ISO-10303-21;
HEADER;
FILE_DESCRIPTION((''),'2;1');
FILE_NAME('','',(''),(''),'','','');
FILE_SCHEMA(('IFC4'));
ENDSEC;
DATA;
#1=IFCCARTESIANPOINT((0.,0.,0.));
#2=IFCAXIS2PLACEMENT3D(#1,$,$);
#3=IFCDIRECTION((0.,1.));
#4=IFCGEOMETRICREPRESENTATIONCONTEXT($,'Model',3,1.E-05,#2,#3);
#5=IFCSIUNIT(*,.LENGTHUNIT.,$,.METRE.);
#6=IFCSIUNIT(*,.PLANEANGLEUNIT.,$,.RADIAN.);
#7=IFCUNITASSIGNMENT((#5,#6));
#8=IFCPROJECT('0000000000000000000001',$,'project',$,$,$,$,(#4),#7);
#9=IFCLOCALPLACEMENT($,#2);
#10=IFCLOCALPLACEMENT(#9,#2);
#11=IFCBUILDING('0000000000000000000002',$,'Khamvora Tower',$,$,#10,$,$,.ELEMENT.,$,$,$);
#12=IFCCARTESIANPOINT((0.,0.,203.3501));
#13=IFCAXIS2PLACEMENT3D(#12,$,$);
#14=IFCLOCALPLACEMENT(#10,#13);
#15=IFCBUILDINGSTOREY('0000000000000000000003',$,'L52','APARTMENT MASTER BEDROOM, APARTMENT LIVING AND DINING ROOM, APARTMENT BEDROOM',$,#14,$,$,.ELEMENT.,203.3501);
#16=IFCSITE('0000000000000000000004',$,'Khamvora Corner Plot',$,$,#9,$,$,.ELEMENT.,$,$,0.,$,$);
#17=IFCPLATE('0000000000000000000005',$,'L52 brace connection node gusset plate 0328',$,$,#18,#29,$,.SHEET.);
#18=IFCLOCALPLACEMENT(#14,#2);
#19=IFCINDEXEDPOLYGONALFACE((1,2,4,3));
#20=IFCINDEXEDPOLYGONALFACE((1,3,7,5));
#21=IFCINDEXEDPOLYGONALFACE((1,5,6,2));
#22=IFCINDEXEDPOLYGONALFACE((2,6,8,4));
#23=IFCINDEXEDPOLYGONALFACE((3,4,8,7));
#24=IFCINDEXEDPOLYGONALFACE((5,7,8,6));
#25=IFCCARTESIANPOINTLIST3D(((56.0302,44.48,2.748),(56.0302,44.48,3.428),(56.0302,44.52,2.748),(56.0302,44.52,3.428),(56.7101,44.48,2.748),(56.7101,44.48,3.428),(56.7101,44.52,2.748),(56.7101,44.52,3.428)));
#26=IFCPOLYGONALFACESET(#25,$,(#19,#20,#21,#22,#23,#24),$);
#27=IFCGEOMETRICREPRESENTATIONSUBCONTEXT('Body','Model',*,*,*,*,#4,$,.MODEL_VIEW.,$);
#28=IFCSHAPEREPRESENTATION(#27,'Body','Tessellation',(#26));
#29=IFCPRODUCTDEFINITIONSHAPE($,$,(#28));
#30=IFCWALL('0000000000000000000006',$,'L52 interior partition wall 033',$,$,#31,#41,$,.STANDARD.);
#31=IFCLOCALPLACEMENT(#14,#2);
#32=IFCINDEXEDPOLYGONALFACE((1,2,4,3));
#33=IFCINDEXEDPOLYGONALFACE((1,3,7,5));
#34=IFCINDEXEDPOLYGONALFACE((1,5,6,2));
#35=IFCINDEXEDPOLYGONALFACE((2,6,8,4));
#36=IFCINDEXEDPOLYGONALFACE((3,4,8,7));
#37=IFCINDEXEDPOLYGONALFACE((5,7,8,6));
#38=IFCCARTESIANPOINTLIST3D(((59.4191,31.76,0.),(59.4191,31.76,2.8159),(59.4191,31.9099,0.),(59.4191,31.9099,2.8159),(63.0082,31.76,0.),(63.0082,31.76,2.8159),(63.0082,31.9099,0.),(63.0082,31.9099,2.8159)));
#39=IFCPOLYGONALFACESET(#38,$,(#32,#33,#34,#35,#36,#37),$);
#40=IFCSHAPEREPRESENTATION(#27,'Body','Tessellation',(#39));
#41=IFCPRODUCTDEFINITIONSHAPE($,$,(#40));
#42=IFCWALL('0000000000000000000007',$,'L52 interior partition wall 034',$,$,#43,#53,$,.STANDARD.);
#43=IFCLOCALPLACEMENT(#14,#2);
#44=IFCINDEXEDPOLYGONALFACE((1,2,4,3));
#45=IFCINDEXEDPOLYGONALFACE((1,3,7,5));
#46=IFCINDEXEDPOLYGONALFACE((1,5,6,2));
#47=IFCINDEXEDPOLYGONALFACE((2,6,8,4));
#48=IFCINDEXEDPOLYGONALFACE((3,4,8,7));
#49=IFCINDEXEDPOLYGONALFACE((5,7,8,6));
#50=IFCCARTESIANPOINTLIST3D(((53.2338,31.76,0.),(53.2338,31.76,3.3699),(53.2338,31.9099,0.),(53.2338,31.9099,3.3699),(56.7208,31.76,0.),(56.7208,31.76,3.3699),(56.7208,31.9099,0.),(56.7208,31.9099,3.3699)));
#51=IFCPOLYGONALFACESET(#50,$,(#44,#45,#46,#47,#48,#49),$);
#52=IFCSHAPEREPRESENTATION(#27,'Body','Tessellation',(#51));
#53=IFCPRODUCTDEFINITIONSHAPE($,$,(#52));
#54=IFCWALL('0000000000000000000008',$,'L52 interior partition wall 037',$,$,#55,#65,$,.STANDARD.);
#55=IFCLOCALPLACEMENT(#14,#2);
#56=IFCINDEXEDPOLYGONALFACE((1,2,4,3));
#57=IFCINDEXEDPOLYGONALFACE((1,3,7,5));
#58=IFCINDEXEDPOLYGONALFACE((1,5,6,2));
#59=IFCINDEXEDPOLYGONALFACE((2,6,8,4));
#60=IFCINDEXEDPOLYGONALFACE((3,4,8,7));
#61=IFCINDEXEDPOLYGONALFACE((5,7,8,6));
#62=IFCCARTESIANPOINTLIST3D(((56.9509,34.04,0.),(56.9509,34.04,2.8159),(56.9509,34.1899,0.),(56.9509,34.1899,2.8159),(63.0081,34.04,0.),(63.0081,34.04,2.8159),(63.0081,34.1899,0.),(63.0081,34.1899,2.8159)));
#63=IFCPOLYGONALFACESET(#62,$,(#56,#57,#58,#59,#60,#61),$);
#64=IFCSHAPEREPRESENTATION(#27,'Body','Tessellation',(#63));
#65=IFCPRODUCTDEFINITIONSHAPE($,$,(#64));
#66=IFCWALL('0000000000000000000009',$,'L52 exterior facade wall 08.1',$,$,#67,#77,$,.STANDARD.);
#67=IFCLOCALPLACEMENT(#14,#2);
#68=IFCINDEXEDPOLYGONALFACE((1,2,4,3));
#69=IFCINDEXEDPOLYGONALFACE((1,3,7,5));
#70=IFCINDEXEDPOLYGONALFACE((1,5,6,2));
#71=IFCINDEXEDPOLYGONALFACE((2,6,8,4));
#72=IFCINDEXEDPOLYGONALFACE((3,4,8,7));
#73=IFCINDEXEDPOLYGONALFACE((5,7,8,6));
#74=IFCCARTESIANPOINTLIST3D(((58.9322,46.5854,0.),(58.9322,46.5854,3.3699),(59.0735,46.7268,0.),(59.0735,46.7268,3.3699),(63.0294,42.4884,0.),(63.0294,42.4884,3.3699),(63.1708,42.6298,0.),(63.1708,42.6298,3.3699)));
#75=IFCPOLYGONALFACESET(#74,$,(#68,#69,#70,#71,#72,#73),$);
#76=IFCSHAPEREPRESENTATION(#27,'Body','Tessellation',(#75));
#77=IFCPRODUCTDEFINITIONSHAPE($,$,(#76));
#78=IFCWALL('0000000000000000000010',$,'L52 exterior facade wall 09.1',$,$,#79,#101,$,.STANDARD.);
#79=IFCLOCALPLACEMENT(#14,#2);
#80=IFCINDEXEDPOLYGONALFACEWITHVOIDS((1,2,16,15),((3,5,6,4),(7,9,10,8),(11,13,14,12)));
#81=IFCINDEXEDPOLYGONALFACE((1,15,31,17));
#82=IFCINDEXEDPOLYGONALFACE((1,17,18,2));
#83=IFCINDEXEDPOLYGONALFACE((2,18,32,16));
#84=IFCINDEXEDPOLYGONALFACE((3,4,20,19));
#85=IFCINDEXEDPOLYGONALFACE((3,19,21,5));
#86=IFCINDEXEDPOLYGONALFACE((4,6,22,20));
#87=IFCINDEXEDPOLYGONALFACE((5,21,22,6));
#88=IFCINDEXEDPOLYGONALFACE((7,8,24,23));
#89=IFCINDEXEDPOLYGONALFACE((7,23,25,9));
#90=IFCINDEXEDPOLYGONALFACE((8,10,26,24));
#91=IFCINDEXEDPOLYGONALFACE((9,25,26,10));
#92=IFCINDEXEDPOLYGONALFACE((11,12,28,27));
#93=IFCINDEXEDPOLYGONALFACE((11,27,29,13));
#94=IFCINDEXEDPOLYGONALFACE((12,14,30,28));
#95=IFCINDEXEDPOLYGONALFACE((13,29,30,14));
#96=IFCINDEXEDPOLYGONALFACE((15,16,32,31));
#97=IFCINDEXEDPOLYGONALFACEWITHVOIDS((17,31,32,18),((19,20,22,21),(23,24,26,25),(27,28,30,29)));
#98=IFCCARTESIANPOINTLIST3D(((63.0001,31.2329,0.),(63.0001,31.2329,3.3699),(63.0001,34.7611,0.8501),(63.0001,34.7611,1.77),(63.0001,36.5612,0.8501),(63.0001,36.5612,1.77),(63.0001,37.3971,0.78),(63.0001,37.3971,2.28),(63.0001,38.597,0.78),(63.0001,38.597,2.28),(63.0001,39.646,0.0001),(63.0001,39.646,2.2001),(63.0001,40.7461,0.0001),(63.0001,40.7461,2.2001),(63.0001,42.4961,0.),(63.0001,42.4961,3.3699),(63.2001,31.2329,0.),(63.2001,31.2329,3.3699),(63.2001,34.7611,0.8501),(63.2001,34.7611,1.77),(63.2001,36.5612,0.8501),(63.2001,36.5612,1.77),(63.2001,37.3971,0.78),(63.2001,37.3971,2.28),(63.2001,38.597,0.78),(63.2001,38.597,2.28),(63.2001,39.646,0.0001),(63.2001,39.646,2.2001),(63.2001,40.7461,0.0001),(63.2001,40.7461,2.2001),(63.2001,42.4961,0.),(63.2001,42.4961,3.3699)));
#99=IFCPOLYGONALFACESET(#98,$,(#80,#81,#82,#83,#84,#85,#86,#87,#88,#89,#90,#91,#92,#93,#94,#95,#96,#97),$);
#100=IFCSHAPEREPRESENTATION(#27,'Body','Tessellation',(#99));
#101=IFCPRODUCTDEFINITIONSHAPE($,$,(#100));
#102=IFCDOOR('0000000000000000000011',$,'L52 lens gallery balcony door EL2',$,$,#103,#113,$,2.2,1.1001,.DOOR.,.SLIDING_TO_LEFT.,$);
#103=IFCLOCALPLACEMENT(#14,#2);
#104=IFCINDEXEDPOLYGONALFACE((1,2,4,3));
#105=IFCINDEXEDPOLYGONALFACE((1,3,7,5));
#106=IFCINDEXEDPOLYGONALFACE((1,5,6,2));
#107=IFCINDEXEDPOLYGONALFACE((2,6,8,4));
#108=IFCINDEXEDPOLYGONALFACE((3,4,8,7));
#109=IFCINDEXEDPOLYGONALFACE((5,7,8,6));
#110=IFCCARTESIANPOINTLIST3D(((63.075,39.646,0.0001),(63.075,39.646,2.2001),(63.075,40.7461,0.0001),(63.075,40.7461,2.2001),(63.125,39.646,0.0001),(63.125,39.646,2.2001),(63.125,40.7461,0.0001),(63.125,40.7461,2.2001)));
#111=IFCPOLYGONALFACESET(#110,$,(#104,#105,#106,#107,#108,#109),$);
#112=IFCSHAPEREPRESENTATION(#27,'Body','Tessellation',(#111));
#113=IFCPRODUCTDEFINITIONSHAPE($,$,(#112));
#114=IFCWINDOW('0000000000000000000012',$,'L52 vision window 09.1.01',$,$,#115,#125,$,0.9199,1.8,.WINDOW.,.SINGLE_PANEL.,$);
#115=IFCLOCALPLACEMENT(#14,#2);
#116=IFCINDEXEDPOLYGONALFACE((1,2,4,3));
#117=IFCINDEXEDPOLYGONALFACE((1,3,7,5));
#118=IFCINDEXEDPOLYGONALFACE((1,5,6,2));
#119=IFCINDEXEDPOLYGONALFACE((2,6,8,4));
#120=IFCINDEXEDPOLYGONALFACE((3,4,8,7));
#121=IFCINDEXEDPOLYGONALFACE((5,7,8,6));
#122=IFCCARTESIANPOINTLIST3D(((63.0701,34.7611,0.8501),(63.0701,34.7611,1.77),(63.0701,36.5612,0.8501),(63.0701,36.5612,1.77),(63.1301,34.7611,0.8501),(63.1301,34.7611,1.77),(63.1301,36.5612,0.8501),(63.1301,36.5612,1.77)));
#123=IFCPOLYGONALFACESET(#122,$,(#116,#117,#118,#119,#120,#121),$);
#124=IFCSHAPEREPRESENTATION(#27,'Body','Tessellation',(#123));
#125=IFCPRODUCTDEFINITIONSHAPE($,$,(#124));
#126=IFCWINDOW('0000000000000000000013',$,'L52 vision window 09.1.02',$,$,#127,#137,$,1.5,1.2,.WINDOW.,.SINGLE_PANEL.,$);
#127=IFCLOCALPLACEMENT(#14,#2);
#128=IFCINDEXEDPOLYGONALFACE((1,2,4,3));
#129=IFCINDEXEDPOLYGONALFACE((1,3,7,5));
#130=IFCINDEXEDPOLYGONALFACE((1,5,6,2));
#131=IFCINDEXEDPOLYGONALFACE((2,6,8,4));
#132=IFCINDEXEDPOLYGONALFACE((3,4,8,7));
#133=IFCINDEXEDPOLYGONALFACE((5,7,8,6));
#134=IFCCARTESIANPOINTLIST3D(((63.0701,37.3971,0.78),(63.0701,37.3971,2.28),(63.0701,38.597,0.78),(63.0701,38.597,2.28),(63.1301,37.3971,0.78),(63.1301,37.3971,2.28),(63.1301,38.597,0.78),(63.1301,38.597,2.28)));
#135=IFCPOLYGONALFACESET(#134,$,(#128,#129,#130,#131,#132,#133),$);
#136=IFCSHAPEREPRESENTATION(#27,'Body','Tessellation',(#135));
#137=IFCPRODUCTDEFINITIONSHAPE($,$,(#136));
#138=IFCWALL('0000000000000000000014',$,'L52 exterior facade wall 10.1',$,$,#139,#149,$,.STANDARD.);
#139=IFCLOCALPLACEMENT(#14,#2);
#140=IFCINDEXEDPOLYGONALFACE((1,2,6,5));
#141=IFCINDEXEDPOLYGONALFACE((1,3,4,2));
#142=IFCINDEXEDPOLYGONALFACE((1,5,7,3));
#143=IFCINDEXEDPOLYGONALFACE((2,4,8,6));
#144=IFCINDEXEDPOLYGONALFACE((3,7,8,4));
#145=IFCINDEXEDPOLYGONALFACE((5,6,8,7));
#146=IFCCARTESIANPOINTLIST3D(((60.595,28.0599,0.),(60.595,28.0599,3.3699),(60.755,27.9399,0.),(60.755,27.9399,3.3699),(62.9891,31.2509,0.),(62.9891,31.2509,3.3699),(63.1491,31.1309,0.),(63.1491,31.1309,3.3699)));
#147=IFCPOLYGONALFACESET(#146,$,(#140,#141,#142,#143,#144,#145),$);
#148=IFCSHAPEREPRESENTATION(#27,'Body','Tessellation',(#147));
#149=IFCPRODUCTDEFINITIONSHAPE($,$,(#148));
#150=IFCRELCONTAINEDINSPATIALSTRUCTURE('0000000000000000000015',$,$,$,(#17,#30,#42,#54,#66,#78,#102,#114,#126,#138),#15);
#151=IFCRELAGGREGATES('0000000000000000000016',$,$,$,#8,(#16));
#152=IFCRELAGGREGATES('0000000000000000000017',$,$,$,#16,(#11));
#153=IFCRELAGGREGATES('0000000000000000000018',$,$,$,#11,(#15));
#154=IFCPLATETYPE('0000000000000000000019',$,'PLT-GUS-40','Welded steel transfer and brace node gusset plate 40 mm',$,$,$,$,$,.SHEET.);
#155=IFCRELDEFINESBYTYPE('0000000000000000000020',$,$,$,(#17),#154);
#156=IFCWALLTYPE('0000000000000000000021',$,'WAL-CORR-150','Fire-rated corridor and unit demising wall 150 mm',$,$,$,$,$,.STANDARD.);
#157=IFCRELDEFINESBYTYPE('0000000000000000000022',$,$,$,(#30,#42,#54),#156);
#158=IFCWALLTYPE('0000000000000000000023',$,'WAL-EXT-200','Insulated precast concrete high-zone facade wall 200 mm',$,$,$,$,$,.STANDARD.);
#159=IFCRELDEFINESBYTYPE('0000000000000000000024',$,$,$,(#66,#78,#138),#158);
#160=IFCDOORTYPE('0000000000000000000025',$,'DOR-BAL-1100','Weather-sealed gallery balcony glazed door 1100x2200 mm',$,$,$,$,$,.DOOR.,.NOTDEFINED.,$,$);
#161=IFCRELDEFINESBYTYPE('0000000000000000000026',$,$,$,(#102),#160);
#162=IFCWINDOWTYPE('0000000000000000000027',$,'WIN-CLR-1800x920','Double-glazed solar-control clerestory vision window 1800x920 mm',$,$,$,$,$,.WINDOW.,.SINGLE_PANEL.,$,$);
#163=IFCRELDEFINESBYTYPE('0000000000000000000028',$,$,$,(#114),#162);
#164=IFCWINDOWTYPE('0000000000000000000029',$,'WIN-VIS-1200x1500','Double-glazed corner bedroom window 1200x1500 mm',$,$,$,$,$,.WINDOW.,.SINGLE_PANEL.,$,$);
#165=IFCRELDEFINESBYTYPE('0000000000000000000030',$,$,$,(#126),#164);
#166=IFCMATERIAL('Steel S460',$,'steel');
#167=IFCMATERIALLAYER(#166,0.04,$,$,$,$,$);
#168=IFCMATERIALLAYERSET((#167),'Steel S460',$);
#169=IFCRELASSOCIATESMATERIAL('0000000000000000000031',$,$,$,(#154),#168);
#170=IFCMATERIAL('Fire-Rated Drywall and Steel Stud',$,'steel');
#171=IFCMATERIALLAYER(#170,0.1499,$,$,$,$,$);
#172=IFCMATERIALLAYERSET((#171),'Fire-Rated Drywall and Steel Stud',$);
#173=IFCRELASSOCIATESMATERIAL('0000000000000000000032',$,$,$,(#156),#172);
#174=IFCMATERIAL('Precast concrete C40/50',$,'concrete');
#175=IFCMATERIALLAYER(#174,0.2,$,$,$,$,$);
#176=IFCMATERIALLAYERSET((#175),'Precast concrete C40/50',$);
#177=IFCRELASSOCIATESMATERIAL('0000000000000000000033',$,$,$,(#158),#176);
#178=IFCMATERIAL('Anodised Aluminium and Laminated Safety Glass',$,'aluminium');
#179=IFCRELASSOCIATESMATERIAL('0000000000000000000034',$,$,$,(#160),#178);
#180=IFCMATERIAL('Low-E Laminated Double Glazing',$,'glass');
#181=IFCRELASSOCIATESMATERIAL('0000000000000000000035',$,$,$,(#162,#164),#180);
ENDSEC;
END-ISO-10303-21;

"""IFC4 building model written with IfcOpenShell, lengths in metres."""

from ifc_helpers import new_model, si_unit, direction, frame, frame_2d, origin, origin_2d, place, context, subcontext, project, spatial, rectangle, extrude, material, layer, layer_set, type_object, element, fill, save


model = new_model("IFC4")

# Units and contexts
model_context = context("Model", 3, precision=1e-05, world=origin(), true_north=direction((0.0, 1.0)))
body_context = subcontext(model_context, "Body", "Model", "MODEL_VIEW")
ifc_project = project(units=[si_unit("LENGTHUNIT", "METRE"), si_unit("PLANEANGLEUNIT", "RADIAN")], contexts=[model_context])

# Site, building, storey
site_placement = place(None, origin())
site = spatial("IfcSite", under=ifc_project, at=site_placement, Name="Khamvora Corner Plot", CompositionType="ELEMENT", RefElevation=0.0)
building_placement = place(site_placement, origin())
building = spatial("IfcBuilding", under=site, at=building_placement, Name="Khamvora Tower", CompositionType="ELEMENT")
storey_placement = place(building_placement, frame((0.0, 0.0, 203.3501)))
storey = spatial("IfcBuildingStorey", under=building, at=storey_placement, Name="L52", Description="APARTMENT MASTER BEDROOM, APARTMENT LIVING AND DINING ROOM, APARTMENT BEDROOM", CompositionType="ELEMENT", Elevation=203.3501)

# Plate
ifc_material_1 = material(Name="Steel S460", Category="steel")
ifc_layer_1 = layer(ifc_material_1, 0.04)
ifc_layer_set_1 = layer_set([ifc_layer_1], Name="Steel S460")
plate_type_1 = type_object("IfcPlateType", Name="PLT-GUS-40", Description="Welded steel transfer and brace node gusset plate 40 mm", PredefinedType="SHEET", material=ifc_layer_set_1)
plate_1_placement = place(storey_placement, frame((56.3701, 44.5, 2.748), z_axis=(0.0, 0.0, 1.0), x_axis=(1.0, 0.0, 0.0)))
element("IfcPlate", 1, at=plate_1_placement, inside=storey, type_object=plate_type_1, Name="L52 brace connection node gusset plate 0328", PredefinedType="SHEET", context=body_context, shape_type="SweptSolid", body=[
    extrude(rectangle(XDim=0.6799, YDim=0.04, at=origin_2d()), origin(), (0.0, 0.0, 1.0), 0.6799),
])

# Shared definitions
ifc_material_2 = material(Name="Fire-Rated Drywall and Steel Stud", Category="steel")
ifc_layer_2 = layer(ifc_material_2, 0.1499)
ifc_layer_set_2 = layer_set([ifc_layer_2], Name="Fire-Rated Drywall and Steel Stud")
wall_type_1 = type_object("IfcWallType", Name="WAL-CORR-150", Description="Fire-rated corridor and unit demising wall 150 mm", PredefinedType="STANDARD", material=ifc_layer_set_2)

# Walls
wall_1_placement = place(storey_placement, frame((63.0081, 31.835, 0.0), z_axis=(0.0, 0.0, 1.0), x_axis=(-1.0, 0.0, 0.0)))
element("IfcWall", 2, at=wall_1_placement, inside=storey, type_object=wall_type_1, Name="L52 interior partition wall 033", PredefinedType="STANDARD", context=body_context, shape_type="SweptSolid", body=[
    extrude(rectangle(XDim=3.5891, YDim=0.1499, at=frame_2d((1.7944, 0.0))), origin(), (0.0, 0.0, 1.0), 2.8159),
])
wall_2_placement = place(storey_placement, frame((56.7209, 31.835, 0.0), z_axis=(0.0, 0.0, 1.0), x_axis=(-1.0, 0.0, 0.0)))
element("IfcWall", 3, at=wall_2_placement, inside=storey, type_object=wall_type_1, Name="L52 interior partition wall 034", PredefinedType="STANDARD", context=body_context, shape_type="SweptSolid", body=[
    extrude(rectangle(XDim=3.4871, YDim=0.1499, at=frame_2d((1.7437, 0.0))), origin(), (0.0, 0.0, 1.0), 3.3699),
])
wall_3_placement = place(storey_placement, frame((56.9509, 34.115, 0.0), z_axis=(0.0, 0.0, 1.0), x_axis=(1.0, 0.0, 0.0)))
element("IfcWall", 4, at=wall_3_placement, inside=storey, type_object=wall_type_1, Name="L52 interior partition wall 037", PredefinedType="STANDARD", context=body_context, shape_type="SweptSolid", body=[
    extrude(rectangle(XDim=6.0571, YDim=0.1499, at=frame_2d((3.0286, 0.0))), origin(), (0.0, 0.0, 1.0), 2.8159),
])
ifc_material_3 = material(Name="Precast concrete C40/50", Category="concrete")
ifc_layer_3 = layer(ifc_material_3, 0.2)
ifc_layer_set_3 = layer_set([ifc_layer_3], Name="Precast concrete C40/50")
wall_type_2 = type_object("IfcWallType", Name="WAL-EXT-200", Description="Insulated precast concrete high-zone facade wall 200 mm", PredefinedType="STANDARD", material=ifc_layer_set_3)
wall_4_placement = place(storey_placement, frame((59.0029, 46.656, 0.0), z_axis=(0.0, 0.0, 1.0), x_axis=(0.707128, -0.707086, 0.0)))
element("IfcWall", 5, at=wall_4_placement, inside=storey, type_object=wall_type_2, Name="L52 exterior facade wall 08.1", PredefinedType="STANDARD", context=body_context, shape_type="SweptSolid", body=[
    extrude(rectangle(XDim=5.7942, YDim=0.2, at=frame_2d((2.897, 0.0))), origin(), (0.0, 0.0, 1.0), 3.3699),
])

# Wall, openings, door, windows
wall_5_placement = place(storey_placement, frame((63.1001, 42.4961, 0.0), z_axis=(0.0, 0.0, 1.0), x_axis=(0.0, -1.0, 0.0)))
wall_5 = element("IfcWall", 6, at=wall_5_placement, inside=storey, type_object=wall_type_2, Name="L52 exterior facade wall 09.1", PredefinedType="STANDARD", context=body_context, shape_type="SweptSolid", body=[
    extrude(rectangle(XDim=11.2632, YDim=0.2, at=frame_2d((5.6316, 0.0))), origin(), (0.0, 0.0, 1.0), 3.3699),
])
opening_1_placement = place(wall_5_placement, frame((1.75, 0.0, 0.0)))
opening_1 = element("IfcOpeningElement", 7, at=opening_1_placement, cuts=wall_5, PredefinedType="OPENING", context=body_context, shape_type="SweptSolid", body=[
    extrude(rectangle(XDim=1.1001, YDim=2.2, at=frame_2d((0.55, 1.1001))), frame((0.0, 0.1099, 0.0), z_axis=(0.0, -1.0, 0.0), x_axis=(1.0, 0.0, 0.0)), (0.0, 0.0, 1.0), 0.22),
])
opening_2_placement = place(wall_5_placement, frame((5.9351, 0.0, 0.8501)))
opening_2 = element("IfcOpeningElement", 8, at=opening_2_placement, cuts=wall_5, PredefinedType="OPENING", context=body_context, shape_type="SweptSolid", body=[
    extrude(rectangle(XDim=1.8, YDim=0.9199, at=frame_2d((0.8999, 0.46))), frame((0.0, 0.1099, 0.0), z_axis=(0.0, -1.0, 0.0), x_axis=(1.0, 0.0, 0.0)), (0.0, 0.0, 1.0), 0.22),
])
opening_3_placement = place(wall_5_placement, frame((3.8989, 0.0, 0.78)))
opening_3 = element("IfcOpeningElement", 9, at=opening_3_placement, cuts=wall_5, PredefinedType="OPENING", context=body_context, shape_type="SweptSolid", body=[
    extrude(rectangle(XDim=1.2, YDim=1.5, at=frame_2d((0.6001, 0.75))), frame((0.0, 0.1099, 0.0), z_axis=(0.0, -1.0, 0.0), x_axis=(1.0, 0.0, 0.0)), (0.0, 0.0, 1.0), 0.22),
])
ifc_material_4 = material(Name="Anodised Aluminium and Laminated Safety Glass", Category="aluminium")
door_type_1 = type_object("IfcDoorType", Name="DOR-BAL-1100", Description="Weather-sealed gallery balcony glazed door 1100x2200 mm", OperationType="NOTDEFINED", PredefinedType="DOOR", material=ifc_material_4)
door_1_placement = place(opening_1_placement, origin())
door_1 = element("IfcDoor", 10, at=door_1_placement, inside=storey, type_object=door_type_1, Name="L52 lens gallery balcony door EL2", OperationType="SLIDING_TO_LEFT", OverallHeight=2.2, OverallWidth=1.1001, PredefinedType="DOOR", context=body_context, shape_type="SweptSolid", body=[
    extrude(rectangle(XDim=1.1001, YDim=2.2, at=frame_2d((0.55, 1.1001))), frame((0.0, 0.0249, 0.0), z_axis=(0.0, -1.0, 0.0), x_axis=(1.0, 0.0, 0.0)), (0.0, 0.0, 1.0), 0.05),
])
fill(opening_1, door_1)
ifc_material_5 = material(Name="Low-E Laminated Double Glazing", Category="glass")
window_type_1 = type_object("IfcWindowType", Name="WIN-CLR-1800x920", Description="Double-glazed solar-control clerestory vision window 1800x920 mm", PartitioningType="SINGLE_PANEL", PredefinedType="WINDOW", material=ifc_material_5)
window_1_placement = place(opening_2_placement, origin())
window_1 = element("IfcWindow", 11, at=window_1_placement, inside=storey, type_object=window_type_1, Name="L52 vision window 09.1.01", OverallHeight=0.9199, OverallWidth=1.8, PartitioningType="SINGLE_PANEL", PredefinedType="WINDOW", context=body_context, shape_type="SweptSolid", body=[
    extrude(rectangle(XDim=1.8, YDim=0.9199, at=frame_2d((0.8999, 0.46))), frame((0.0, 0.03, 0.0), z_axis=(0.0, -1.0, 0.0), x_axis=(1.0, 0.0, 0.0)), (0.0, 0.0, 1.0), 0.0601),
])
fill(opening_2, window_1)
window_type_2 = type_object("IfcWindowType", Name="WIN-VIS-1200x1500", Description="Double-glazed corner bedroom window 1200x1500 mm", PartitioningType="SINGLE_PANEL", PredefinedType="WINDOW", material=ifc_material_5)
window_2_placement = place(opening_3_placement, origin())
window_2 = element("IfcWindow", 12, at=window_2_placement, inside=storey, type_object=window_type_2, Name="L52 vision window 09.1.02", OverallHeight=1.5, OverallWidth=1.2, PartitioningType="SINGLE_PANEL", PredefinedType="WINDOW", context=body_context, shape_type="SweptSolid", body=[
    extrude(rectangle(XDim=1.2, YDim=1.5, at=frame_2d((0.6001, 0.75))), frame((0.0, 0.03, 0.0), z_axis=(0.0, -1.0, 0.0), x_axis=(1.0, 0.0, 0.0)), (0.0, 0.0, 1.0), 0.0601),
])
fill(opening_3, window_2)

# Wall
wall_6_placement = place(storey_placement, frame((63.0691, 31.1909, 0.0), z_axis=(0.0, 0.0, 1.0), x_axis=(-0.600137, -0.799897, 0.0)))
element("IfcWall", 13, at=wall_6_placement, inside=storey, type_object=wall_type_2, Name="L52 exterior facade wall 10.1", PredefinedType="STANDARD", context=body_context, shape_type="SweptSolid", body=[
    extrude(rectangle(XDim=3.9893, YDim=0.2, at=frame_2d((1.9946, 0.0))), origin(), (0.0, 0.0, 1.0), 3.3699),
])

save(model, "model.ifc")
